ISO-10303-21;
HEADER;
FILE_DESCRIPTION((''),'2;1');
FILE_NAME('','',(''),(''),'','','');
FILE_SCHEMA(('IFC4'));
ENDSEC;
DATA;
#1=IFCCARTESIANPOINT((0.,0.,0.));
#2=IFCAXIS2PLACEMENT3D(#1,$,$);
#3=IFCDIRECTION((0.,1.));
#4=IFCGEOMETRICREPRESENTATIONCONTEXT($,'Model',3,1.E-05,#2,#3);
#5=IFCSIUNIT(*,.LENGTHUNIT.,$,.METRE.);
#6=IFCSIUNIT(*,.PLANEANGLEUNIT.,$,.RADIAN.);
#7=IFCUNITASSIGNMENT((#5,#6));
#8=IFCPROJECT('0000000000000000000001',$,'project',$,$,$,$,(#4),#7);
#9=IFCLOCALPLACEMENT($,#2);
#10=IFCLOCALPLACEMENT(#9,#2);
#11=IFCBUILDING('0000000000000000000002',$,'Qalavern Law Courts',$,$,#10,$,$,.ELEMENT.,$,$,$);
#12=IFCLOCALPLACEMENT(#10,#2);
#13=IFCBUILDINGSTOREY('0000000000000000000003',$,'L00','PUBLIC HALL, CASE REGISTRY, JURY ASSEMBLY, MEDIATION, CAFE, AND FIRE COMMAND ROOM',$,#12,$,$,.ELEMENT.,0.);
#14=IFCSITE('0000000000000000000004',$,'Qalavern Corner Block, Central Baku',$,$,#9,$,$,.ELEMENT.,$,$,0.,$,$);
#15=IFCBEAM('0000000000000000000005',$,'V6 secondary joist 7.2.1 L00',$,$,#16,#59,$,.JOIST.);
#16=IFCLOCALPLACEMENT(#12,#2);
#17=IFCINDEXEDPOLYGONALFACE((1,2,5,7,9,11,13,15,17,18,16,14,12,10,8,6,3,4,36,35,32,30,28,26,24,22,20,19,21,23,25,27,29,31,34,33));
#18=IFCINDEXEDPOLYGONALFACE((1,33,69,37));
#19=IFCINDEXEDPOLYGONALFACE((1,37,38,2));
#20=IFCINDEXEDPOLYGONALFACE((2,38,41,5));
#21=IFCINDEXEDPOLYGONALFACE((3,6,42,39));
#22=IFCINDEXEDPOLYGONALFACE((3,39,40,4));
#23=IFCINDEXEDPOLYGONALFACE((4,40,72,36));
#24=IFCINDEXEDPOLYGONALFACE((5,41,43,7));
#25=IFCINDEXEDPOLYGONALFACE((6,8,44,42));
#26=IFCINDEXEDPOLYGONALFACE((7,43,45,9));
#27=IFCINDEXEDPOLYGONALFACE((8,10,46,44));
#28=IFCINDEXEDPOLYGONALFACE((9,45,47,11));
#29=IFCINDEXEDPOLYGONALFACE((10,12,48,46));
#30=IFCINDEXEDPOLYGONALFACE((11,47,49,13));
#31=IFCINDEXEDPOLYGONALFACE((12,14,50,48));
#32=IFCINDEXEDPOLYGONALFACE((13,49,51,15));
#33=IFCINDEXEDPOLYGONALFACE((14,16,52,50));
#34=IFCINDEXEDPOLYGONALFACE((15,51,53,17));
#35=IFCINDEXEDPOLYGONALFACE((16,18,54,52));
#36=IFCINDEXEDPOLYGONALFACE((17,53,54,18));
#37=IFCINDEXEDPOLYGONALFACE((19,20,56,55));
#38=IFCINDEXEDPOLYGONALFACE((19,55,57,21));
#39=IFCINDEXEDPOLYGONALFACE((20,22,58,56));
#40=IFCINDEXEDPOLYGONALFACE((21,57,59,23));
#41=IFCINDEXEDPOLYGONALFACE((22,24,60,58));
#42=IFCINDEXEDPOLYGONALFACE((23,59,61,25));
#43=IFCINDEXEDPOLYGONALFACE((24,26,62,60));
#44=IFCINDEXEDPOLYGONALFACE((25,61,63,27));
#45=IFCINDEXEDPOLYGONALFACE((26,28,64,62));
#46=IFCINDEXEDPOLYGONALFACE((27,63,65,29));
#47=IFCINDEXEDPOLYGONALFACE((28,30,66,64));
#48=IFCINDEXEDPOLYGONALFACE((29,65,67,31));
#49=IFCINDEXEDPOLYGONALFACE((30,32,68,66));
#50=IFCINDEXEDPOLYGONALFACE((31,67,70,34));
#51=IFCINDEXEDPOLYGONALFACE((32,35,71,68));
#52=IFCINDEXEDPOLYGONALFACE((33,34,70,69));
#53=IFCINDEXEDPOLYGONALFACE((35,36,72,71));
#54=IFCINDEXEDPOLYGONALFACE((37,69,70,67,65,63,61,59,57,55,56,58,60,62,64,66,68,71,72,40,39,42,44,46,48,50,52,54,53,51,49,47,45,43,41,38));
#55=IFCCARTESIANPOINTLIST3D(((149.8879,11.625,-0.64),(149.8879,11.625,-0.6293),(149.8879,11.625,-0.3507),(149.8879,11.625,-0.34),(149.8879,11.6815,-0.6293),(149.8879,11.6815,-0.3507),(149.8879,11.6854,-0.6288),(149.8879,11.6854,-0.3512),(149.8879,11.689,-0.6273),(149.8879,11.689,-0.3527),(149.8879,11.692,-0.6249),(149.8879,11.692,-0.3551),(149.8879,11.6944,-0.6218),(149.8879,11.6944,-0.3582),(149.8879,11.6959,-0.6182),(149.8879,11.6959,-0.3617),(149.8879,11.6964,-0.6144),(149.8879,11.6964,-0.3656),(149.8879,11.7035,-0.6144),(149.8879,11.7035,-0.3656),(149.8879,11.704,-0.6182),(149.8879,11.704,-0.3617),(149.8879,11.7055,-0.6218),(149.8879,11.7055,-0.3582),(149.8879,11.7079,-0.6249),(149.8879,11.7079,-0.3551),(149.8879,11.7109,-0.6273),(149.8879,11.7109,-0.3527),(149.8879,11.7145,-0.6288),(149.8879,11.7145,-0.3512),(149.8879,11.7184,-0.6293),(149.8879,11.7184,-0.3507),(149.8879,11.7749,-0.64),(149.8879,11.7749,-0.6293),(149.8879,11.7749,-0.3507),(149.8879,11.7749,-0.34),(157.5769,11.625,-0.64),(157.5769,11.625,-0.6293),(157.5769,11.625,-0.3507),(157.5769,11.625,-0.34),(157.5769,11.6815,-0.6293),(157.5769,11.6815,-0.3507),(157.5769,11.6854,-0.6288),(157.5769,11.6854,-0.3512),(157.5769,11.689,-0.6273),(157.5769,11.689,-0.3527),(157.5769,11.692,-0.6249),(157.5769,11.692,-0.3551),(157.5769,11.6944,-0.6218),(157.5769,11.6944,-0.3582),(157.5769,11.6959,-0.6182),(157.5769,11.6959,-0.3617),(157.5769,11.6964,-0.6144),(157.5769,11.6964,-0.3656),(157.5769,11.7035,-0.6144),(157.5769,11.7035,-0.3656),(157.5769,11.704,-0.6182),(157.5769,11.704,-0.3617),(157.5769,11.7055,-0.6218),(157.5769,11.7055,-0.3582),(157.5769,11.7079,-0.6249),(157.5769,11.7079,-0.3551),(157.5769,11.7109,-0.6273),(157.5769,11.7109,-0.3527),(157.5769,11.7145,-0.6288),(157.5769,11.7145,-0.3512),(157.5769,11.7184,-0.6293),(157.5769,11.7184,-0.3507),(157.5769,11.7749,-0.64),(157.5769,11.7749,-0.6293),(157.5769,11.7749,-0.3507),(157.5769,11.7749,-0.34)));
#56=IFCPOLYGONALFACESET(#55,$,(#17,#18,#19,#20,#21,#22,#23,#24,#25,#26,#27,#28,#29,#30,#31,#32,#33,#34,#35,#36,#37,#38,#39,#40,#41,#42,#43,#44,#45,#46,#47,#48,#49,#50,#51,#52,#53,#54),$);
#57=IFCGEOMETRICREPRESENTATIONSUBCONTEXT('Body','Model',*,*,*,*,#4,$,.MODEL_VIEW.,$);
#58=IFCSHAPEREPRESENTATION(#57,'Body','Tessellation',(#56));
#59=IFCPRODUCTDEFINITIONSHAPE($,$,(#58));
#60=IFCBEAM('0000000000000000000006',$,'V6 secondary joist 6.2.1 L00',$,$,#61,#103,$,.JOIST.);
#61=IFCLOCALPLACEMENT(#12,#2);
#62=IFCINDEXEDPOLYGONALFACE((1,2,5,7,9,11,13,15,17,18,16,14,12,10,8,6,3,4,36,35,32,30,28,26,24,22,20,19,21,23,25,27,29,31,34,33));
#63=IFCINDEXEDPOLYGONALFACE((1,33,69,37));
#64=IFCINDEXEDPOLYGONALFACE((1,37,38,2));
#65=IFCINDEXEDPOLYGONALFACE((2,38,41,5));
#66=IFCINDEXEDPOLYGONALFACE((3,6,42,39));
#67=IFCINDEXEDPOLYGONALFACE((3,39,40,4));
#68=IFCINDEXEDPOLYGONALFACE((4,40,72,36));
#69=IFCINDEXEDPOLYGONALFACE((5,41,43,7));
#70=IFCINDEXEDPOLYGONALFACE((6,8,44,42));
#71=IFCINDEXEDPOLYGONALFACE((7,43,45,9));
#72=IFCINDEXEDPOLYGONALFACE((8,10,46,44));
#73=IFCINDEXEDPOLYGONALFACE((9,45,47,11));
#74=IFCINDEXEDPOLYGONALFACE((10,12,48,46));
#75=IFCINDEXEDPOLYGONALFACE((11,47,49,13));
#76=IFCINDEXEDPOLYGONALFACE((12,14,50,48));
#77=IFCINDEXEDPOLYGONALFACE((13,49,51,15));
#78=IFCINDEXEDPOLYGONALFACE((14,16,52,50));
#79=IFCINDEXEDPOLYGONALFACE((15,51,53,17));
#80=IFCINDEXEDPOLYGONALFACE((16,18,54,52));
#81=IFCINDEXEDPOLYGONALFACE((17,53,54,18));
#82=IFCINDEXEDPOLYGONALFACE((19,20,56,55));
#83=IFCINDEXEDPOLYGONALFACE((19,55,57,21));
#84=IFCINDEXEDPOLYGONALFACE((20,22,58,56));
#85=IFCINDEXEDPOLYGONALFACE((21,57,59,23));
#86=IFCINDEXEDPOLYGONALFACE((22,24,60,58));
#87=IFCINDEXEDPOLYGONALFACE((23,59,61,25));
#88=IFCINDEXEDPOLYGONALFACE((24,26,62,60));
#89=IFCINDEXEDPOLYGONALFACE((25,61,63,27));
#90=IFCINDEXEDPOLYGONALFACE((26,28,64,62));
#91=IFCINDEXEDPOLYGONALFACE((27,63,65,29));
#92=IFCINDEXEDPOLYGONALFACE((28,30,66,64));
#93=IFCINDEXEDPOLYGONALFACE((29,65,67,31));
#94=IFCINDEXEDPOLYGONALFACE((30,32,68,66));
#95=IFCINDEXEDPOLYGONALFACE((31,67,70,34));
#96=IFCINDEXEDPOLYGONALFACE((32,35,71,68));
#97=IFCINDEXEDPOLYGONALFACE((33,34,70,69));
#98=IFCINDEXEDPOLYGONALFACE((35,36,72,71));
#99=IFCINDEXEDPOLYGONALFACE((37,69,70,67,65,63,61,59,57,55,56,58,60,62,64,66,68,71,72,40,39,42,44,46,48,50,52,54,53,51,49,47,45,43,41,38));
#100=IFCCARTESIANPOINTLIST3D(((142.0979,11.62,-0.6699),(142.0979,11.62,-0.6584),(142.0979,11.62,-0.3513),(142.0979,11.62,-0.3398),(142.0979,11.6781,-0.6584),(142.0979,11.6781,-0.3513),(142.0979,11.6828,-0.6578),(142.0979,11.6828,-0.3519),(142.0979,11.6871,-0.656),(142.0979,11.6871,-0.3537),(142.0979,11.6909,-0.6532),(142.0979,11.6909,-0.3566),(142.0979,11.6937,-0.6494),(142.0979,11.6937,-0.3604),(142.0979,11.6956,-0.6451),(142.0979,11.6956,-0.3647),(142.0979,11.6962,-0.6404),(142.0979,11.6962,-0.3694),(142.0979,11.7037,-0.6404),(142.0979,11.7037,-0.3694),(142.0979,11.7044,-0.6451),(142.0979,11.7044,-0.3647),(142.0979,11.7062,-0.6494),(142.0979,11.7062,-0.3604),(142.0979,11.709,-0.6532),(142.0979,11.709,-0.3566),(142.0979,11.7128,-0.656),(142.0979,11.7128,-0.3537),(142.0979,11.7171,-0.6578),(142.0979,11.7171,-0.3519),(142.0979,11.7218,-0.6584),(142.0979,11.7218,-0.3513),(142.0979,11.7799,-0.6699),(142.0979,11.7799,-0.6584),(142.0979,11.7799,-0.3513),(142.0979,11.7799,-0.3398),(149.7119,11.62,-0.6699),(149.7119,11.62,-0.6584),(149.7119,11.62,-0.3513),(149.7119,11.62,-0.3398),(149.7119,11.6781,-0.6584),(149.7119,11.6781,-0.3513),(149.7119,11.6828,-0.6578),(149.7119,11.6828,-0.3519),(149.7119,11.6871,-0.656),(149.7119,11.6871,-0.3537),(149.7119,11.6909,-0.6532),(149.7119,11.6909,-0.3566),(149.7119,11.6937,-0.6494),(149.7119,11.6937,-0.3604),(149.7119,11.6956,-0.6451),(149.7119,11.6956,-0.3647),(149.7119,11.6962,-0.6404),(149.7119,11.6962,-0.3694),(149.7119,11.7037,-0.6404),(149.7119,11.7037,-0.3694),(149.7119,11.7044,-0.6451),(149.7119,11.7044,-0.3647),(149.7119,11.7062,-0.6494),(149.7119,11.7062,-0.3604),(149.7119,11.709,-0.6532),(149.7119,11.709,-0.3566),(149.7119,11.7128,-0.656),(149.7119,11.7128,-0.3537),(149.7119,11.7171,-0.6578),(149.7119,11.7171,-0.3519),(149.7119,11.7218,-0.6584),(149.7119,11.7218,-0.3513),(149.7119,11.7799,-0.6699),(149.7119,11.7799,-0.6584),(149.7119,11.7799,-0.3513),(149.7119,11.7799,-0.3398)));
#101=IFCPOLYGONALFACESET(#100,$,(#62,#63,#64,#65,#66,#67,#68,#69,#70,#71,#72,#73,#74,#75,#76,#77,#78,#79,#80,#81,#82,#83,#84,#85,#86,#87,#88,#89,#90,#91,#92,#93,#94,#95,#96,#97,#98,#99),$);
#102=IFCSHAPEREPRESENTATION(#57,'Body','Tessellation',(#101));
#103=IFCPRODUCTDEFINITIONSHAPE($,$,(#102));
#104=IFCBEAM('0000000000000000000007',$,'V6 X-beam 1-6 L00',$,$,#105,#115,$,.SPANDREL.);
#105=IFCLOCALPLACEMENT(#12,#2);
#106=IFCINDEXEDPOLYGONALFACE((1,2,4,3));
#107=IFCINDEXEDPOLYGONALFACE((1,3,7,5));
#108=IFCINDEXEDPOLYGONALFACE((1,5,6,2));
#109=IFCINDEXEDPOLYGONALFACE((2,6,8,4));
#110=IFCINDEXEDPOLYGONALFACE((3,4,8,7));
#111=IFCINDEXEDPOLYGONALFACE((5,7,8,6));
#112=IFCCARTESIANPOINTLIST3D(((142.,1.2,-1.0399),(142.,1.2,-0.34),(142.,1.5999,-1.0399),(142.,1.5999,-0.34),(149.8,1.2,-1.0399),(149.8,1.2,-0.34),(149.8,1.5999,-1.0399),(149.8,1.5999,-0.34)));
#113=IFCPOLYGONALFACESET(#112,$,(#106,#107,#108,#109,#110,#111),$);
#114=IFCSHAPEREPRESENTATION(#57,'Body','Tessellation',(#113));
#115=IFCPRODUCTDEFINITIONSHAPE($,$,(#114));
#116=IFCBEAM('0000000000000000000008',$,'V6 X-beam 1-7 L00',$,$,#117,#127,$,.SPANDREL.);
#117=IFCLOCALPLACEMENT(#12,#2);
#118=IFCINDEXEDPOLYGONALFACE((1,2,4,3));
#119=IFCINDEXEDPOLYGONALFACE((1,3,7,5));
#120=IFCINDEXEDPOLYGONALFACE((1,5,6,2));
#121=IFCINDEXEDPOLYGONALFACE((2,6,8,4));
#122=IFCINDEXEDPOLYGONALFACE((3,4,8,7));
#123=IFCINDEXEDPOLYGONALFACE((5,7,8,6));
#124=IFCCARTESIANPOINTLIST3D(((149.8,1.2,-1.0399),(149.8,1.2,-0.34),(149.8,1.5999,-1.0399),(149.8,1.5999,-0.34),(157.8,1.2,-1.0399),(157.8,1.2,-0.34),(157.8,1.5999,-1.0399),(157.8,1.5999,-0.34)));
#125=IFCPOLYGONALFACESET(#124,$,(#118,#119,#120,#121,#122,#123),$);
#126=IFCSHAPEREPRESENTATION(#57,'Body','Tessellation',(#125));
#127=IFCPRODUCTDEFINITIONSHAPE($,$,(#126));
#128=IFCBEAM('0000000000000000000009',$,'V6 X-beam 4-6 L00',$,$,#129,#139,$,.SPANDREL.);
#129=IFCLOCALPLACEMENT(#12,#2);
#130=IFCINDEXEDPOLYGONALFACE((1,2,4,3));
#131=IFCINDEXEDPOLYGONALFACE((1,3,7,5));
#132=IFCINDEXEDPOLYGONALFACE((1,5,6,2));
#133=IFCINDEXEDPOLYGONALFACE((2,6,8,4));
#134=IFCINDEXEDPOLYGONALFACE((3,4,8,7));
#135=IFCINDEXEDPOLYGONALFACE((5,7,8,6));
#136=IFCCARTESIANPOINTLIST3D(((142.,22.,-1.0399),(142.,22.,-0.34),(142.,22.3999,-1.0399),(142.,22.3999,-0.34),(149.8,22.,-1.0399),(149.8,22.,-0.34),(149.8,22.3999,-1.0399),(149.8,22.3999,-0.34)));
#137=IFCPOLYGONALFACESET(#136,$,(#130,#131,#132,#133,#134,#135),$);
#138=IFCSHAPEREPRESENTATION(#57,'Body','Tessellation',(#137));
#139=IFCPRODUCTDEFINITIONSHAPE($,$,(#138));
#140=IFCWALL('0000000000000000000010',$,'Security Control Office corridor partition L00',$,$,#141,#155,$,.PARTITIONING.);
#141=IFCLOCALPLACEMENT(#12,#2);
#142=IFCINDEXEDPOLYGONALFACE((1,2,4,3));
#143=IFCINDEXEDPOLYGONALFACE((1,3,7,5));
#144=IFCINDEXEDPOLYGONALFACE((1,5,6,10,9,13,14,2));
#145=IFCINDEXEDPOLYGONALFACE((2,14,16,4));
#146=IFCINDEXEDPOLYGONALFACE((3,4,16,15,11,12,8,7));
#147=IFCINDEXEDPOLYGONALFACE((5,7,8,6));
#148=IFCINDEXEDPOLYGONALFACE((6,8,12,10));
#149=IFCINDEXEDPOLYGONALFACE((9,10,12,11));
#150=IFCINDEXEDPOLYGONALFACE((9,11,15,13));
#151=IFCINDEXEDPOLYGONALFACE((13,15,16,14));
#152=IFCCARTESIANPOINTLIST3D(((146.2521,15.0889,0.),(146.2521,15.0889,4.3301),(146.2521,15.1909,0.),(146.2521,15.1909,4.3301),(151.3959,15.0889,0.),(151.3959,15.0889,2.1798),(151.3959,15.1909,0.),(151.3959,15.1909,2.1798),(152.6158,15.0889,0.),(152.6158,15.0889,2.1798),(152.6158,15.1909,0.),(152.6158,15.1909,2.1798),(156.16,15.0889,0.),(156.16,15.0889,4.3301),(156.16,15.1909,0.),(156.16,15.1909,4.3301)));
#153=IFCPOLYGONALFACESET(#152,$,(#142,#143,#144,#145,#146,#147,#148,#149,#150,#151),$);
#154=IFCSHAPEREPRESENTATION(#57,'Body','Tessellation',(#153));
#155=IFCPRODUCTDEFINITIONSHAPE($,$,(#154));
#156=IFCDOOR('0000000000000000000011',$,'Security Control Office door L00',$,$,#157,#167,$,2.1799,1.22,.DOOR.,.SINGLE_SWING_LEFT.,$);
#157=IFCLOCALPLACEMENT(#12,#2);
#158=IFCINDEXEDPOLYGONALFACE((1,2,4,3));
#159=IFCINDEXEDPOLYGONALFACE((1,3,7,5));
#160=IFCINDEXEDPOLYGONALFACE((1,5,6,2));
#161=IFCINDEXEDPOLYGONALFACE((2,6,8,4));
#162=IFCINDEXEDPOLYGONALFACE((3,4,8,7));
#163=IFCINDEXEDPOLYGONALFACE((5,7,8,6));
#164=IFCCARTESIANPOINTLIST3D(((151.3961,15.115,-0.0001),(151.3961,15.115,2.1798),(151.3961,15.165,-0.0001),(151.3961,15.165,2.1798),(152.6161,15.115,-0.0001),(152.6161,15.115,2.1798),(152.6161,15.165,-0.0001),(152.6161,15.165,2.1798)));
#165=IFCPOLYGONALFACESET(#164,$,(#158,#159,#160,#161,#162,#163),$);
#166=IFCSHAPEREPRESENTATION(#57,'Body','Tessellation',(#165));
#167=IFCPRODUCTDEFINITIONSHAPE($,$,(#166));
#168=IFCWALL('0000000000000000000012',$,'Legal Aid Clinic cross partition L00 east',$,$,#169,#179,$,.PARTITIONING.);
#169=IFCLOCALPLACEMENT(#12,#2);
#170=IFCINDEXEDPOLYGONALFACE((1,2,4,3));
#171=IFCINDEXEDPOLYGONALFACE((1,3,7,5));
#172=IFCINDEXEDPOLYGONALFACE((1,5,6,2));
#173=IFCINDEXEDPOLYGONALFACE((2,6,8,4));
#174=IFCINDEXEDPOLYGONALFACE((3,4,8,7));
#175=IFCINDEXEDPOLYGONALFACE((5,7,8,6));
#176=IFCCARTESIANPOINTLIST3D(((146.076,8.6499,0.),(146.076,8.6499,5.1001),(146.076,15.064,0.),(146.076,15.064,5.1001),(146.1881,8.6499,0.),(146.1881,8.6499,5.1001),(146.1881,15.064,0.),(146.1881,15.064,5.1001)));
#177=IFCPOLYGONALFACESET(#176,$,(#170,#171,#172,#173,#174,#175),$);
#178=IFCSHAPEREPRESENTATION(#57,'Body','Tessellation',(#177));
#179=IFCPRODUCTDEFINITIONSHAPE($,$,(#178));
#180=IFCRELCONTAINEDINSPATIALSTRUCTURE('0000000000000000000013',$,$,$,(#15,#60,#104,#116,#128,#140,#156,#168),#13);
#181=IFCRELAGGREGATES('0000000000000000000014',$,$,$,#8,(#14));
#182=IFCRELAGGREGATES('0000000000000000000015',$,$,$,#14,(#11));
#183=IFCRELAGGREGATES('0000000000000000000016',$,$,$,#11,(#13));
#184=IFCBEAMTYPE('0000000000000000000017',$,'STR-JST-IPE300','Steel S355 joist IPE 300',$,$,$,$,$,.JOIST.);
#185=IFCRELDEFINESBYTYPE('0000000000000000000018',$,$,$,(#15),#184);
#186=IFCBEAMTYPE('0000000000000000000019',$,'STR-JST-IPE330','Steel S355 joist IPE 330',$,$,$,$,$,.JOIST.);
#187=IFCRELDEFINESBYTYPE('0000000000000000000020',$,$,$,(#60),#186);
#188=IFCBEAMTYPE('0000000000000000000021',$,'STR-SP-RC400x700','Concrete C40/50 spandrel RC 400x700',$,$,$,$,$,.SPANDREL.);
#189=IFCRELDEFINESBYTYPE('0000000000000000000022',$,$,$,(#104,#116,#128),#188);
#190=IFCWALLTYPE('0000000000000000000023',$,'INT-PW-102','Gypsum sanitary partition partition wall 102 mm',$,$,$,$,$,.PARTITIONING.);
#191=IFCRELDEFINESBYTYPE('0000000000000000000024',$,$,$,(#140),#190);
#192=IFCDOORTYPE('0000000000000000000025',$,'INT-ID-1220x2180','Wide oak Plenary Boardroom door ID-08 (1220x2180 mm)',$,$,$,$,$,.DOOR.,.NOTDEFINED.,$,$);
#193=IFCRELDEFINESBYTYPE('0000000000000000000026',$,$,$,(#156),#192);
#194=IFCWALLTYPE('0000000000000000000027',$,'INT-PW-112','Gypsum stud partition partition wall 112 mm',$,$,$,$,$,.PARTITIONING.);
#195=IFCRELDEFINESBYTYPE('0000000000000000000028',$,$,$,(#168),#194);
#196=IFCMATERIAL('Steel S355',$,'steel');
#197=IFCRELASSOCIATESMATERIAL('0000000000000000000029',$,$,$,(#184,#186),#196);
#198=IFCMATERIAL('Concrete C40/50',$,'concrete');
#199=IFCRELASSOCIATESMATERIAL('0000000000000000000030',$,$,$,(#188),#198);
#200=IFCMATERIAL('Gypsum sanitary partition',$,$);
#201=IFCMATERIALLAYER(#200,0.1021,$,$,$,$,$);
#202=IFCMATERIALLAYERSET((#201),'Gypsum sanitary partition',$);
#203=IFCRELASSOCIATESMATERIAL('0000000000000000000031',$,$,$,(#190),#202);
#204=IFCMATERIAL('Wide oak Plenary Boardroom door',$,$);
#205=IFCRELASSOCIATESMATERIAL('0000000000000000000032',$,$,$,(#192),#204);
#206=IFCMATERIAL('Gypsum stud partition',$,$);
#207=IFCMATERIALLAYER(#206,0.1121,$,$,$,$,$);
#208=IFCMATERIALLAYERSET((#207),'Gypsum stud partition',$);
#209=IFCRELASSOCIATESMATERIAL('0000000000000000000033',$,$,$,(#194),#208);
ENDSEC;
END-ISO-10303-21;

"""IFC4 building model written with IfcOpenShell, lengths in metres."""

from ifc_helpers import new_model, si_unit, direction, frame, frame_2d, origin, origin_2d, place, context, subcontext, project, spatial, rectangle, i_section, extrude, material, layer, layer_set, material_profile, profile_set, type_object, element, fill, save


model = new_model("IFC4")

# Units and contexts
model_context = context("Model", 3, precision=1e-05, world=origin(), true_north=direction((0.0, 1.0)))
body_context = subcontext(model_context, "Body", "Model", "MODEL_VIEW")
ifc_project = project(units=[si_unit("LENGTHUNIT", "METRE"), si_unit("PLANEANGLEUNIT", "RADIAN")], contexts=[model_context])

# Site, building, storey
site_placement = place(None, origin())
site = spatial("IfcSite", under=ifc_project, at=site_placement, Name="Qalavern Corner Block, Central Baku", CompositionType="ELEMENT", RefElevation=0.0)
building_placement = place(site_placement, origin())
building = spatial("IfcBuilding", under=site, at=building_placement, Name="Qalavern Law Courts", CompositionType="ELEMENT")
storey_placement = place(building_placement, origin())
storey = spatial("IfcBuildingStorey", under=building, at=storey_placement, Name="L00", Description="PUBLIC HALL, CASE REGISTRY, JURY ASSEMBLY, MEDIATION, CAFE, AND FIRE COMMAND ROOM", CompositionType="ELEMENT", Elevation=0.0)

# Beams
ifc_material_1 = material(Name="Steel S355", Category="steel")
ifc_material_2 = material(Name="Concrete C40/50", Category="concrete")
ifc_material_profile_1 = material_profile(ifc_material_1, i_section(OverallWidth=0.1499, OverallDepth=0.3, WebThickness=0.0071, FlangeThickness=0.0107, FilletRadius=0.0149, at=origin_2d()), Name="IPE 300")
ifc_profile_set_1 = profile_set([ifc_material_profile_1], Name="Steel S355")
beam_type_1 = type_object("IfcBeamType", Name="STR-JST-IPE300", Description="Steel S355 joist IPE 300", PredefinedType="JOIST", material=ifc_profile_set_1)
beam_1_placement = place(storey_placement, frame((149.8879, 11.7, -0.49), z_axis=(1.0, 0.0, 0.0), x_axis=(0.0, 1.0, 0.0)))
element("IfcBeam", 1, at=beam_1_placement, inside=storey, type_object=beam_type_1, Name="V6 secondary joist 7.2.1 L00", PredefinedType="JOIST", context=body_context, shape_type="SweptSolid", body=[
    extrude(i_section(OverallWidth=0.1499, OverallDepth=0.3, WebThickness=0.0071, FlangeThickness=0.0107, FilletRadius=0.0149, at=origin_2d()), origin(), (0.0, 0.0, 1.0), 7.689),
])
ifc_material_profile_2 = material_profile(ifc_material_1, i_section(OverallWidth=0.1599, OverallDepth=0.3301, WebThickness=0.0076, FlangeThickness=0.0115, FilletRadius=0.0181, at=origin_2d()), Name="IPE 330")
ifc_profile_set_2 = profile_set([ifc_material_profile_2], Name="Steel S355")
beam_type_2 = type_object("IfcBeamType", Name="STR-JST-IPE330", Description="Steel S355 joist IPE 330", PredefinedType="JOIST", material=ifc_profile_set_2)
beam_2_placement = place(storey_placement, frame((142.0979, 11.7, -0.5049), z_axis=(1.0, 0.0, 0.0), x_axis=(0.0, 1.0, 0.0)))
element("IfcBeam", 2, at=beam_2_placement, inside=storey, type_object=beam_type_2, Name="V6 secondary joist 6.2.1 L00", PredefinedType="JOIST", context=body_context, shape_type="SweptSolid", body=[
    extrude(i_section(OverallWidth=0.1599, OverallDepth=0.3301, WebThickness=0.0076, FlangeThickness=0.0115, FilletRadius=0.0181, at=origin_2d()), origin(), (0.0, 0.0, 1.0), 7.614),
])
ifc_material_profile_3 = material_profile(ifc_material_2, rectangle(XDim=0.3999, YDim=0.7, at=origin_2d()), Name="RC 400x700")
ifc_profile_set_3 = profile_set([ifc_material_profile_3], Name="Concrete C40/50")
beam_type_3 = type_object("IfcBeamType", Name="STR-SP-RC400x700", Description="Concrete C40/50 spandrel RC 400x700", PredefinedType="SPANDREL", material=ifc_profile_set_3)
beam_3_placement = place(storey_placement, frame((142.0, 1.3999, -0.6899), z_axis=(1.0, 0.0, 0.0), x_axis=(0.0, 1.0, 0.0)))
element("IfcBeam", 3, at=beam_3_placement, inside=storey, type_object=beam_type_3, Name="V6 X-beam 1-6 L00", PredefinedType="SPANDREL", context=body_context, shape_type="SweptSolid", body=[
    extrude(rectangle(XDim=0.3999, YDim=0.7, at=origin_2d()), origin(), (0.0, 0.0, 1.0), 7.8),
])
beam_4_placement = place(storey_placement, frame((149.8, 1.3999, -0.6899), z_axis=(1.0, 0.0, 0.0), x_axis=(0.0, 1.0, 0.0)))
element("IfcBeam", 4, at=beam_4_placement, inside=storey, type_object=beam_type_3, Name="V6 X-beam 1-7 L00", PredefinedType="SPANDREL", context=body_context, shape_type="SweptSolid", body=[
    extrude(rectangle(XDim=0.3999, YDim=0.7, at=origin_2d()), origin(), (0.0, 0.0, 1.0), 8.0),
])
beam_5_placement = place(storey_placement, frame((142.0, 22.2, -0.6899), z_axis=(1.0, 0.0, 0.0), x_axis=(0.0, 1.0, 0.0)))
element("IfcBeam", 5, at=beam_5_placement, inside=storey, type_object=beam_type_3, Name="V6 X-beam 4-6 L00", PredefinedType="SPANDREL", context=body_context, shape_type="SweptSolid", body=[
    extrude(rectangle(XDim=0.3999, YDim=0.7, at=origin_2d()), origin(), (0.0, 0.0, 1.0), 7.8),
])

# Wall, opening, door
ifc_material_3 = material(Name="Gypsum sanitary partition")
ifc_layer_1 = layer(ifc_material_3, 0.1021)
ifc_layer_set_1 = layer_set([ifc_layer_1], Name="Gypsum sanitary partition")
wall_type_1 = type_object("IfcWallType", Name="INT-PW-102", Description="Gypsum sanitary partition partition wall 102 mm", PredefinedType="PARTITIONING", material=ifc_layer_set_1)
wall_1_placement = place(storey_placement, frame((146.252, 15.1399, 0.0), z_axis=(0.0, 0.0, 1.0), x_axis=(1.0, 0.0, 0.0)))
wall_1 = element("IfcWall", 6, at=wall_1_placement, inside=storey, type_object=wall_type_1, Name="Security Control Office corridor partition L00", PredefinedType="PARTITIONING", context=body_context, shape_type="SweptSolid", body=[
    extrude(rectangle(XDim=9.908, YDim=0.1021, at=frame_2d((4.9541, 0.0))), origin(), (0.0, 0.0, 1.0), 4.3301),
])
opening_placement = place(wall_1_placement, frame((5.144, 0.0, 0.0)))
opening = element("IfcOpeningElement", 7, at=opening_placement, cuts=wall_1, PredefinedType="OPENING", context=body_context, shape_type="SweptSolid", body=[
    extrude(rectangle(XDim=1.22, YDim=2.1799, at=frame_2d((0.6099, 1.0898))), frame((0.0, 0.0659, 0.0), z_axis=(0.0, -1.0, 0.0), x_axis=(1.0, 0.0, 0.0)), (0.0, 0.0, 1.0), 0.1318),
])
ifc_material_4 = material(Name="Wide oak Plenary Boardroom door")
door_type = type_object("IfcDoorType", Name="INT-ID-1220x2180", Description="Wide oak Plenary Boardroom door ID-08 (1220x2180 mm)", OperationType="NOTDEFINED", PredefinedType="DOOR", material=ifc_material_4)
door_placement = place(opening_placement, frame((1.22, 0.0, 0.0), z_axis=(0.0, 0.0, 1.0), x_axis=(-1.0, 0.0, 0.0)))
door = element("IfcDoor", 8, at=door_placement, inside=storey, type_object=door_type, Name="Security Control Office door L00", OperationType="SINGLE_SWING_LEFT", OverallHeight=2.1799, OverallWidth=1.22, PredefinedType="DOOR", context=body_context, shape_type="SweptSolid", body=[
    extrude(rectangle(XDim=1.22, YDim=2.1799, at=frame_2d((0.6099, 1.0898))), frame((0.0, 0.0249, 0.0), z_axis=(0.0, -1.0, 0.0), x_axis=(1.0, 0.0, 0.0)), (0.0, 0.0, 1.0), 0.05),
])
fill(opening, door)

# Wall
ifc_material_5 = material(Name="Gypsum stud partition")
ifc_layer_2 = layer(ifc_material_5, 0.1121)
ifc_layer_set_2 = layer_set([ifc_layer_2], Name="Gypsum stud partition")
wall_type_2 = type_object("IfcWallType", Name="INT-PW-112", Description="Gypsum stud partition partition wall 112 mm", PredefinedType="PARTITIONING", material=ifc_layer_set_2)
wall_2_placement = place(storey_placement, frame((146.1321, 8.6499, 0.0), z_axis=(0.0, 0.0, 1.0), x_axis=(0.0, 1.0, 0.0)))
element("IfcWall", 9, at=wall_2_placement, inside=storey, type_object=wall_type_2, Name="Legal Aid Clinic cross partition L00 east", PredefinedType="PARTITIONING", context=body_context, shape_type="SweptSolid", body=[
    extrude(rectangle(XDim=6.4141, YDim=0.1121, at=frame_2d((3.207, 0.0))), origin(), (0.0, 0.0, 1.0), 5.1001),
])

save(model, "model.ifc")
